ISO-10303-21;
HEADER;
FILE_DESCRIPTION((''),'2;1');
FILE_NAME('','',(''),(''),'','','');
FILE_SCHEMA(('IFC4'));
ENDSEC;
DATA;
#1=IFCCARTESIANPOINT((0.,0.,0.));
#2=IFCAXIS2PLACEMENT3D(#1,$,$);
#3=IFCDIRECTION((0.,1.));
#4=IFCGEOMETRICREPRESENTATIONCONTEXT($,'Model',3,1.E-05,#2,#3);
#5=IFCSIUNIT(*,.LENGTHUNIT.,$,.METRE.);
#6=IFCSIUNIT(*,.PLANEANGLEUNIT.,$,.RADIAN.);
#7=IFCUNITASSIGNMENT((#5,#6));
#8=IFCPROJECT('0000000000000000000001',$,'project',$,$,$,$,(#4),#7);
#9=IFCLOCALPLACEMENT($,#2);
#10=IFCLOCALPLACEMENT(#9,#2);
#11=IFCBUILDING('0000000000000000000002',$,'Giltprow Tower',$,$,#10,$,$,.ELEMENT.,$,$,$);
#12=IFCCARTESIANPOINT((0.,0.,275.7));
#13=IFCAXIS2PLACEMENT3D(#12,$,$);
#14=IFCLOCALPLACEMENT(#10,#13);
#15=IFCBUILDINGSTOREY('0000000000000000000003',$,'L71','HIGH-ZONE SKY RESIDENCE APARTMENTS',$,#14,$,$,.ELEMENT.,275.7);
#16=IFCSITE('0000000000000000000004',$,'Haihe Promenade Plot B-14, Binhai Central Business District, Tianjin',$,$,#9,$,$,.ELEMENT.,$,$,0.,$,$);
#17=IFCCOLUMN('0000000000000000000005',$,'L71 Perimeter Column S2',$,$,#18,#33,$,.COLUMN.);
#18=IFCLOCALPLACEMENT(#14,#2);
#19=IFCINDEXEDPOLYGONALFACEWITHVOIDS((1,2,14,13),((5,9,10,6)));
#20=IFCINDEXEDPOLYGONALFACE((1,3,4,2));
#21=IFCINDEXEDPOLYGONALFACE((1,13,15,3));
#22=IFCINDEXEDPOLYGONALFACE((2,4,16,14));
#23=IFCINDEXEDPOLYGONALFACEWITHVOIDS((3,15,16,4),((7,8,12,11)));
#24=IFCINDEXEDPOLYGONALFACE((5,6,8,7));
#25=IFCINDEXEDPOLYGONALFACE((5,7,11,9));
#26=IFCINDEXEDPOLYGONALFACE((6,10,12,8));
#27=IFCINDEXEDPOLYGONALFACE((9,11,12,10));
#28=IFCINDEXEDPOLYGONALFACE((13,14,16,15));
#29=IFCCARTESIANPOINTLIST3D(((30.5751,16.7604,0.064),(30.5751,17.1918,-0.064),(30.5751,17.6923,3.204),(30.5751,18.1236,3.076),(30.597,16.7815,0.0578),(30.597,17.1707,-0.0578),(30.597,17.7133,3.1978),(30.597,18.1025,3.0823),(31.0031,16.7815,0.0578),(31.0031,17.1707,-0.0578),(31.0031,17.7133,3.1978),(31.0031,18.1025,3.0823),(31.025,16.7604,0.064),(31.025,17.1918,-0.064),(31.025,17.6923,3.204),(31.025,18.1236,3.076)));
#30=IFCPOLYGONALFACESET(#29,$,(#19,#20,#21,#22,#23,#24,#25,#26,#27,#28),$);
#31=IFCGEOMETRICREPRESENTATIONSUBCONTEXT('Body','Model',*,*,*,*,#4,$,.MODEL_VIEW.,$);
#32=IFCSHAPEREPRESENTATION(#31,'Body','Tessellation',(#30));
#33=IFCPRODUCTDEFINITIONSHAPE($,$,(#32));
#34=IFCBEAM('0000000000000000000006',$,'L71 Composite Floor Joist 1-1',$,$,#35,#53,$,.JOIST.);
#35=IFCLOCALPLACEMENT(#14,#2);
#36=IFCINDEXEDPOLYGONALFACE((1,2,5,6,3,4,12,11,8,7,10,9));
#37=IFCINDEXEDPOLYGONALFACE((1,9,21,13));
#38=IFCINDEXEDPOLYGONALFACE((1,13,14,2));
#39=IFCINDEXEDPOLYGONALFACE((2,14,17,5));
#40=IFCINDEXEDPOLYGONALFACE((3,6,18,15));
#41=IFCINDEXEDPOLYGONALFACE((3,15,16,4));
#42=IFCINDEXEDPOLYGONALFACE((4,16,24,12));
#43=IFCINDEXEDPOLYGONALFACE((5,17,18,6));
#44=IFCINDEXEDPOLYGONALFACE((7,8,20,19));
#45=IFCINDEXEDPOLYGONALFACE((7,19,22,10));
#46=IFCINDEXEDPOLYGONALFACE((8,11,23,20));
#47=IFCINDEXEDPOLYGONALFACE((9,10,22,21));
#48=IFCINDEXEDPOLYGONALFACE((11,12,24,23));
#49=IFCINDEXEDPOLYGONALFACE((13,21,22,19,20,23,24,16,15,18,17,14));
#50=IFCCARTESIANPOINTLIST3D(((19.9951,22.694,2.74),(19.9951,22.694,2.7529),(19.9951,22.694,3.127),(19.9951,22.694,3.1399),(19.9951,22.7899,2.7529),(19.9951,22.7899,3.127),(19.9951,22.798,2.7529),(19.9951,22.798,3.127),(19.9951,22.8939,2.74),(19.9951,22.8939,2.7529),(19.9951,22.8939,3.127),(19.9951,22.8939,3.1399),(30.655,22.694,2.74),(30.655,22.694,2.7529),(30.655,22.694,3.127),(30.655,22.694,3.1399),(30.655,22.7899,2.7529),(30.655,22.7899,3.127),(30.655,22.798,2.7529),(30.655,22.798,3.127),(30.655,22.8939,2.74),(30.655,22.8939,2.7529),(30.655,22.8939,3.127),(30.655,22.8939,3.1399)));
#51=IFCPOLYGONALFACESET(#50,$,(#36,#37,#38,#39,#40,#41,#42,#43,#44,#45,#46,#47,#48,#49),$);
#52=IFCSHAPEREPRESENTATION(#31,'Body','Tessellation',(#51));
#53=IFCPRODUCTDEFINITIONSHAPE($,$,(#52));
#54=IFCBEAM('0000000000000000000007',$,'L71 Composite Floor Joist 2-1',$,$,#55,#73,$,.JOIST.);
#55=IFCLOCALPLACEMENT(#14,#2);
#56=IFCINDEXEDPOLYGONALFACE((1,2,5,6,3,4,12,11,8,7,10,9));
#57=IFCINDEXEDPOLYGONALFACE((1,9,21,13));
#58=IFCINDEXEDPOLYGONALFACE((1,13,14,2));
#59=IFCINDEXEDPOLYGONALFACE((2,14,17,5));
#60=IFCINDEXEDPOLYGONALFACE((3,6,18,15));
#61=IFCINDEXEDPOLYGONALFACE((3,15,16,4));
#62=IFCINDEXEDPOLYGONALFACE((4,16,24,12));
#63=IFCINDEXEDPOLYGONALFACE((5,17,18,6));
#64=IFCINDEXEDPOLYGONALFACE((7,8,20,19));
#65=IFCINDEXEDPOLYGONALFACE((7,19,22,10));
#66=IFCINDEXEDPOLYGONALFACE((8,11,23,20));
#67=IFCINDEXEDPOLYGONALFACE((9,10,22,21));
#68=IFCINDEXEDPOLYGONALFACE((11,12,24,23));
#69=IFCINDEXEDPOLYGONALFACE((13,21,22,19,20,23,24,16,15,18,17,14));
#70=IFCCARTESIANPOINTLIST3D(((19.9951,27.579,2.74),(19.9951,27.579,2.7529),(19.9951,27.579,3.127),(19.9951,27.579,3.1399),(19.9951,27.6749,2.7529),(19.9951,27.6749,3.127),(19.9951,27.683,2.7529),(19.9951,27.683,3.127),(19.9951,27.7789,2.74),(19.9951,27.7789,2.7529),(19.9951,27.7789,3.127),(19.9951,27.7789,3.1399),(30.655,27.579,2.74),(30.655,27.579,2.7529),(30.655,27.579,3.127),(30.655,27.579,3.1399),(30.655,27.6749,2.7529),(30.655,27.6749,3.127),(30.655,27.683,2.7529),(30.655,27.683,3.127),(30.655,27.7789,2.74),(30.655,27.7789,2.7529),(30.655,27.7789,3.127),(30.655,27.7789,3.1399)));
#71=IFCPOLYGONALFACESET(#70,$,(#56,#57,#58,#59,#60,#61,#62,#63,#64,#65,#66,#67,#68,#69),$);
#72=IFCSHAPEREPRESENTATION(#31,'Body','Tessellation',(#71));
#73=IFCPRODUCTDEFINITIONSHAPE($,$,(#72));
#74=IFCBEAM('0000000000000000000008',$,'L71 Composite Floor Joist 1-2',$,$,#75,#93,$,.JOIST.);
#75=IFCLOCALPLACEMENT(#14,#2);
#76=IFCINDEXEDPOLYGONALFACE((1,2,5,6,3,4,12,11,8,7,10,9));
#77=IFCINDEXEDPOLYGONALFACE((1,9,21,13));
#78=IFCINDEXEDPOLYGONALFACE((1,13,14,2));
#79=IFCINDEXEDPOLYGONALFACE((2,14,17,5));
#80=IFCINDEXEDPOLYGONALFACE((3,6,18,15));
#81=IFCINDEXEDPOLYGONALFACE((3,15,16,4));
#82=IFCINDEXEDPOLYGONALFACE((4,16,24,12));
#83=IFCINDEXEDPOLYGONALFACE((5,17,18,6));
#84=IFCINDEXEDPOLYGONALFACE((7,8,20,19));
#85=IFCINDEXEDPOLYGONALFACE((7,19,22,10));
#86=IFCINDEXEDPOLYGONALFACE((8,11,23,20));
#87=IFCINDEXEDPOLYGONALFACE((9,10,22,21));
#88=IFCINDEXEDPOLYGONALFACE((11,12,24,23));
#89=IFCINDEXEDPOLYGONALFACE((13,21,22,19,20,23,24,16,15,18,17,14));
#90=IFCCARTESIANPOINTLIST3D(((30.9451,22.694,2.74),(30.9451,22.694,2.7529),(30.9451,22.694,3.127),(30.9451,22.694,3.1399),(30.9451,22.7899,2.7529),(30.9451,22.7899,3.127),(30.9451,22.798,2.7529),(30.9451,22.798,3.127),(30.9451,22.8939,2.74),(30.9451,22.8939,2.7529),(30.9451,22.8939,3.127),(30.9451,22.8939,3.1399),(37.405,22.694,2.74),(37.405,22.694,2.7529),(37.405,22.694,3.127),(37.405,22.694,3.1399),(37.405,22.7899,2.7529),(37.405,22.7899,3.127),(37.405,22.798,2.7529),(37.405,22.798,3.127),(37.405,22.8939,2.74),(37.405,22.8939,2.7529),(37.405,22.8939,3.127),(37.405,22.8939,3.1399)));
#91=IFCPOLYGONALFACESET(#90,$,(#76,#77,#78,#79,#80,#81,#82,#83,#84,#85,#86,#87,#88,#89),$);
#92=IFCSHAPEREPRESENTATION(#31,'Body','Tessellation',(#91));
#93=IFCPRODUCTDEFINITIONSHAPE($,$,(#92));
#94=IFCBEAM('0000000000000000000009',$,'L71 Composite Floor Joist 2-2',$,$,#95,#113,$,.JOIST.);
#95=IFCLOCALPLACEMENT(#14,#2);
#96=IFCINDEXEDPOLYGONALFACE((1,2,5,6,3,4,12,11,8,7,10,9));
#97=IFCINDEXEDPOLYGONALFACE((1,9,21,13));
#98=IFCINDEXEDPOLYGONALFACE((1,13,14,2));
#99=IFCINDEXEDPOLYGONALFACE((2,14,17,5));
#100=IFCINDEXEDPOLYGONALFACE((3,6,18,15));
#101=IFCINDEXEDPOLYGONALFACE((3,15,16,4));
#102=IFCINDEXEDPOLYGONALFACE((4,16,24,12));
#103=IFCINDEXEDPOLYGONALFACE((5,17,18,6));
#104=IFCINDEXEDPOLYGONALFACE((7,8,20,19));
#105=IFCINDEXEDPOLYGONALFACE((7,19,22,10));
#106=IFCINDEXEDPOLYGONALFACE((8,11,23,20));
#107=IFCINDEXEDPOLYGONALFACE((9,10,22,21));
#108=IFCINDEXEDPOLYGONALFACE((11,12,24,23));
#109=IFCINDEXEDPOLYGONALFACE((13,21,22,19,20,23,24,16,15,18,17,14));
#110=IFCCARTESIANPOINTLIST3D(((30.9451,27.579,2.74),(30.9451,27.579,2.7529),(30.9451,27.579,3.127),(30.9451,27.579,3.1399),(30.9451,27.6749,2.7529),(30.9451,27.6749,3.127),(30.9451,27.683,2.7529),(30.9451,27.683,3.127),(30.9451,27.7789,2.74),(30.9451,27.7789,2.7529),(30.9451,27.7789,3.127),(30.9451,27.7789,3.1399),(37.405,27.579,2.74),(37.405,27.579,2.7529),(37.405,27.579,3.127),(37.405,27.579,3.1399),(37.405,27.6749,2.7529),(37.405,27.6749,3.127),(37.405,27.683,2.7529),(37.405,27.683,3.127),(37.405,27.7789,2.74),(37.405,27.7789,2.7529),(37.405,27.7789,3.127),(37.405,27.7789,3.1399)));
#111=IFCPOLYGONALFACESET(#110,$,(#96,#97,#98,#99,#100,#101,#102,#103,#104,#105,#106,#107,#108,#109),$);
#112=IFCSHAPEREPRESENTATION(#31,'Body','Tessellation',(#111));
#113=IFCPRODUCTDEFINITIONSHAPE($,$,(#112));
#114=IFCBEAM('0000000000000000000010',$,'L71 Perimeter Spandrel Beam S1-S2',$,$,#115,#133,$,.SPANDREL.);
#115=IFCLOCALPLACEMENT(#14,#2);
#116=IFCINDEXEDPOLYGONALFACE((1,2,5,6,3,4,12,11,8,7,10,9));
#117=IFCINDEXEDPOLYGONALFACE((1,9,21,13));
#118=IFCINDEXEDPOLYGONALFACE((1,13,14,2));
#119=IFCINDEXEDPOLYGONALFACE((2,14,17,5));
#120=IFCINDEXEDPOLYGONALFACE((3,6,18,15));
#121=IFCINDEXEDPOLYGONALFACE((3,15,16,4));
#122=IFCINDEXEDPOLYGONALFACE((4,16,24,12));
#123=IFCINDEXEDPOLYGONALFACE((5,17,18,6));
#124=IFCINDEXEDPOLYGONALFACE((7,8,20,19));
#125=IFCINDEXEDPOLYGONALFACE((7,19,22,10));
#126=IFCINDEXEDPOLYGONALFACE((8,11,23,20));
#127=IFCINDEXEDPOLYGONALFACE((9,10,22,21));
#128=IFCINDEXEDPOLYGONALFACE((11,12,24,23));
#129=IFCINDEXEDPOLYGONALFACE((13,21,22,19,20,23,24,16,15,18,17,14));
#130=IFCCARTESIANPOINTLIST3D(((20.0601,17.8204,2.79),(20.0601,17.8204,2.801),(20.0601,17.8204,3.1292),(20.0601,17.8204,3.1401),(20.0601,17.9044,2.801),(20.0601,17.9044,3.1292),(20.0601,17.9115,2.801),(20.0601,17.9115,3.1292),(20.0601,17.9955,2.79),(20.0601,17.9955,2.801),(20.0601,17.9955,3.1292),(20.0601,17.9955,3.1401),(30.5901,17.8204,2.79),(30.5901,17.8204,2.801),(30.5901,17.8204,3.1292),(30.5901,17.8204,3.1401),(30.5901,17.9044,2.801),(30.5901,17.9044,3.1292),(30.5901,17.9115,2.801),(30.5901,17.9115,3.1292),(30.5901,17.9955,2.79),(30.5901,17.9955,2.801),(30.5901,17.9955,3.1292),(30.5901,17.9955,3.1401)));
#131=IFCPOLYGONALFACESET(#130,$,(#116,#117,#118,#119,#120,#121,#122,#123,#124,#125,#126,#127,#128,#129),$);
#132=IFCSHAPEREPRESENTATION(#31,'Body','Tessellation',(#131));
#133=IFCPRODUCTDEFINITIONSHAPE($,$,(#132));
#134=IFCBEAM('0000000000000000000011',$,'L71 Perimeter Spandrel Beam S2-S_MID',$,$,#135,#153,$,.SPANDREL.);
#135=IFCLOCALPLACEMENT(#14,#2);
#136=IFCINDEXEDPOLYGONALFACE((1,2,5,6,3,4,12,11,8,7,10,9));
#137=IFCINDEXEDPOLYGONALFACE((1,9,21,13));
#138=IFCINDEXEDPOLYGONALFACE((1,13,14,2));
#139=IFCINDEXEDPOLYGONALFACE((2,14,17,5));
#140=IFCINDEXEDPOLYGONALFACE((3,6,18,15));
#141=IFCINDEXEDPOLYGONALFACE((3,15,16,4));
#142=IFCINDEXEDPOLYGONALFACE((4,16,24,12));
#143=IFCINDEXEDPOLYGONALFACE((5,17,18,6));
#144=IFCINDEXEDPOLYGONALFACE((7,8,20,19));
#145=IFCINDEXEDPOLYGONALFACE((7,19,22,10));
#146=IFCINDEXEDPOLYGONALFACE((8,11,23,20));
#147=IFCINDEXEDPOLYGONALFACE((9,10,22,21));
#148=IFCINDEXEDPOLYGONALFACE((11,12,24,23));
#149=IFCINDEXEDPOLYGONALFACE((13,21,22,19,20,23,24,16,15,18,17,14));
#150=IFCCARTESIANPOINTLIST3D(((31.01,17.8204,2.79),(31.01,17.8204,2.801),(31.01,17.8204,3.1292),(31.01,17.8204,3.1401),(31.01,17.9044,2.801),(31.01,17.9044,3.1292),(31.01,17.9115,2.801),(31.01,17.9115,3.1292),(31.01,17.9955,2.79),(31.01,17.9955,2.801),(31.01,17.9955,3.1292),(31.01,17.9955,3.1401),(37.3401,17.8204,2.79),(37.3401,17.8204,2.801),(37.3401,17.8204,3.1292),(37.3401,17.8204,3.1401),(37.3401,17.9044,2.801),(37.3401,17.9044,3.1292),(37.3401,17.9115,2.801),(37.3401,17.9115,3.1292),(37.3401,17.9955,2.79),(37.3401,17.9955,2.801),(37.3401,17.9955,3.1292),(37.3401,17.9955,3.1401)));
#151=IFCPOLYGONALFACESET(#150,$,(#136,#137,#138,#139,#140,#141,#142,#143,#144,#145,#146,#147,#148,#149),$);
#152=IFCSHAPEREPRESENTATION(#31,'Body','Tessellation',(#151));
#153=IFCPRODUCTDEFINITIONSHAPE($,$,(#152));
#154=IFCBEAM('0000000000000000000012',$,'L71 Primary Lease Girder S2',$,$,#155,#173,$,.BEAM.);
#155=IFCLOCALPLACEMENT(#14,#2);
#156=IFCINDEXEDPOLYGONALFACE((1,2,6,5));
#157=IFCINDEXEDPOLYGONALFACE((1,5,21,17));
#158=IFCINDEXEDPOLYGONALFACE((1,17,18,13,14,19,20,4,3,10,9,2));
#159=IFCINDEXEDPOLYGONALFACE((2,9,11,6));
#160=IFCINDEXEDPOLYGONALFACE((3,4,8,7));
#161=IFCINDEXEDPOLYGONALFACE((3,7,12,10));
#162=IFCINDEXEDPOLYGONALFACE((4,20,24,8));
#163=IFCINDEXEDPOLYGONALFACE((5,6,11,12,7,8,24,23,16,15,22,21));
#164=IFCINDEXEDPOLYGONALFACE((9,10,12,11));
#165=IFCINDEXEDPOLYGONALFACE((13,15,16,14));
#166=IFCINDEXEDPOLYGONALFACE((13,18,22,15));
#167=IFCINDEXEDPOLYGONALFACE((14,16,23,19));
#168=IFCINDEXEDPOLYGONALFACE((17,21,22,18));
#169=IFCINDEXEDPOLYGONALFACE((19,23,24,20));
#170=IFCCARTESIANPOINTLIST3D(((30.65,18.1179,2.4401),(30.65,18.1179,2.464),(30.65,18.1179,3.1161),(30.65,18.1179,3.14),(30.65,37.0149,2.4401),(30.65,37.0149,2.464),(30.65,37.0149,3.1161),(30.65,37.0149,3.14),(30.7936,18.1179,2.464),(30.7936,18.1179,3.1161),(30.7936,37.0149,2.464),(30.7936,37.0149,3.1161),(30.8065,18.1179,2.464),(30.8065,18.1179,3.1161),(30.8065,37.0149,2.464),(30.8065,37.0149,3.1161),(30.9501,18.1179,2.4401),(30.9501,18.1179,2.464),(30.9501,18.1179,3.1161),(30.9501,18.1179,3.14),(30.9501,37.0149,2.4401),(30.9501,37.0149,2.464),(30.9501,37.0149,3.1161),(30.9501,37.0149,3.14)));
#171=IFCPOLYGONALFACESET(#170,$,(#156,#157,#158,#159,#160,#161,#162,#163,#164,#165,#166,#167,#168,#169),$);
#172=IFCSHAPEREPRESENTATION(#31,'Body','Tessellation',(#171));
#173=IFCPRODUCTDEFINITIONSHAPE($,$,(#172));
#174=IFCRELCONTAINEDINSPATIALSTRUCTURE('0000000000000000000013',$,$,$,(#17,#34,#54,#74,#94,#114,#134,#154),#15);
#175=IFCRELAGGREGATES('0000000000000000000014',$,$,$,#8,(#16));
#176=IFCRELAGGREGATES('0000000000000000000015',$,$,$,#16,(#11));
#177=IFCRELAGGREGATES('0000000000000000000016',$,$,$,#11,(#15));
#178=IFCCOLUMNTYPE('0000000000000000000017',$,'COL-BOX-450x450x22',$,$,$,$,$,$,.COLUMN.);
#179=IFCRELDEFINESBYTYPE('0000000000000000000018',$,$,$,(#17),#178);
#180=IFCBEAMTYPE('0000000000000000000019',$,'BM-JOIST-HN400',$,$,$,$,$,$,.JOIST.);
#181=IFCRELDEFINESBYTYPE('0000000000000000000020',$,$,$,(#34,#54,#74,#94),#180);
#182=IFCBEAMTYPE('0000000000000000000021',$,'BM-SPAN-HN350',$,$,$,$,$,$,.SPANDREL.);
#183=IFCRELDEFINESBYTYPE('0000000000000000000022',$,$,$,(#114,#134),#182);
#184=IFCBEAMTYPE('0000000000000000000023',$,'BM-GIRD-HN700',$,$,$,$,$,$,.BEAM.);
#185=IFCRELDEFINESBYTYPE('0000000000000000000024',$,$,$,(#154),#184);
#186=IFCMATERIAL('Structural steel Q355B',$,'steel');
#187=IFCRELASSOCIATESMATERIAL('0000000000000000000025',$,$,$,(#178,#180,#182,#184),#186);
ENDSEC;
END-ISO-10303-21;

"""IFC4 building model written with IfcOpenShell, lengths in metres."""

from ifc_helpers import new_model, si_unit, direction, frame, origin, origin_2d, place, context, subcontext, project, spatial, hollow_rectangle, i_section, extrude, source, transform, mapped, material, material_profile, profile_set, type_object, element, save


model = new_model("IFC4")

# Units and contexts
model_context = context("Model", 3, precision=1e-05, world=origin(), true_north=direction((0.0, 1.0)))
body_context = subcontext(model_context, "Body", "Model", "MODEL_VIEW")
ifc_project = project(units=[si_unit("LENGTHUNIT", "METRE"), si_unit("PLANEANGLEUNIT", "RADIAN")], contexts=[model_context])

# Site, building, storey
site_placement = place(None, origin())
site = spatial("IfcSite", under=ifc_project, at=site_placement, Name="Haihe Promenade Plot B-14, Binhai Central Business District, Tianjin", CompositionType="ELEMENT", RefElevation=0.0)
building_placement = place(site_placement, origin())
building = spatial("IfcBuilding", under=site, at=building_placement, Name="Giltprow Tower", CompositionType="ELEMENT")
storey_placement = place(building_placement, frame((0.0, 0.0, 275.7)))
storey = spatial("IfcBuildingStorey", under=building, at=storey_placement, Name="L71", Description="HIGH-ZONE SKY RESIDENCE APARTMENTS", CompositionType="ELEMENT", Elevation=275.7)

# Column
ifc_material_1 = material(Name="Structural steel Q355B", Category="steel")
ifc_material_profile_1 = material_profile(ifc_material_1, hollow_rectangle(XDim=0.45, YDim=0.45, WallThickness=0.022, at=origin_2d()), Name="BOX 450x450x22")
ifc_profile_set_1 = profile_set([ifc_material_profile_1], Name="Structural steel Q355B")
column_type = type_object("IfcColumnType", Name="COL-BOX-450x450x22", PredefinedType="COLUMN", material=ifc_profile_set_1)
shared_shape_1 = source(origin(), body_context, "Body", "SweptSolid", [
    extrude(hollow_rectangle(XDim=0.45, YDim=0.45, WallThickness=0.022, at=origin_2d()), origin(), (0.0, 0.0, 1.0), 3.2754),
])
column_placement = place(storey_placement, frame((30.8, 16.9761, 0.0), z_axis=(0.0, 0.284502, 0.958675), x_axis=(-1.0, 0.0, 0.0)))
element("IfcColumn", 1, at=column_placement, inside=storey, type_object=column_type, Name="L71 Perimeter Column S2", PredefinedType="COLUMN", context=body_context, shape_type="MappedRepresentation", body=[
    mapped(shared_shape_1, transform((0.0, 0.0, 0.0), x_axis=(1.0, 0.0, 0.0), y_axis=(0.0, 1.0, 0.0), z_axis=(0.0, 0.0, 1.0), scale=1.0)),
])

# Beams
ifc_material_profile_2 = material_profile(ifc_material_1, i_section(OverallWidth=0.2, OverallDepth=0.3999, WebThickness=0.0081, FlangeThickness=0.0129, at=origin_2d()), Name="HN 400x200x8x13")
ifc_profile_set_2 = profile_set([ifc_material_profile_2], Name="Structural steel Q355B")
beam_type_1 = type_object("IfcBeamType", Name="BM-JOIST-HN400", PredefinedType="JOIST", material=ifc_profile_set_2)
shared_shape_2 = source(origin(), body_context, "Body", "SweptSolid", [
    extrude(i_section(OverallWidth=0.2, OverallDepth=0.3999, WebThickness=0.0081, FlangeThickness=0.0129, at=origin_2d()), origin(), (0.0, 0.0, 1.0), 10.6599),
])
for number, where, z_axis, x_axis, name in (
    (2, (19.9951, 22.7939, 2.9399), (1.0, 0.0, 0.0), (0.0, 1.0, 0.0), "L71 Composite Floor Joist 1-1"),
    (3, (19.9951, 27.679, 2.9399), (1.0, 0.0, 0.0), (0.0, 1.0, 0.0), "L71 Composite Floor Joist 2-1"),
):
    element("IfcBeam", number, at=place(storey_placement, frame(where, z_axis=z_axis, x_axis=x_axis)), inside=storey, type_object=beam_type_1, Name=name, PredefinedType="JOIST", context=body_context, shape_type="MappedRepresentation", body=[
        mapped(shared_shape_2, transform((0.0, 0.0, 0.0), x_axis=(1.0, 0.0, 0.0), y_axis=(0.0, 1.0, 0.0), z_axis=(0.0, 0.0, 1.0), scale=1.0)),
    ])
shared_shape_3 = source(origin(), body_context, "Body", "SweptSolid", [
    extrude(i_section(OverallWidth=0.2, OverallDepth=0.3999, WebThickness=0.0081, FlangeThickness=0.0129, at=origin_2d()), origin(), (0.0, 0.0, 1.0), 6.46),
])
for number, where, z_axis, x_axis, name in (
    (4, (30.9451, 22.7939, 2.9399), (1.0, 0.0, 0.0), (0.0, 1.0, 0.0), "L71 Composite Floor Joist 1-2"),
    (5, (30.9451, 27.679, 2.9399), (1.0, 0.0, 0.0), (0.0, 1.0, 0.0), "L71 Composite Floor Joist 2-2"),
):
    element("IfcBeam", number, at=place(storey_placement, frame(where, z_axis=z_axis, x_axis=x_axis)), inside=storey, type_object=beam_type_1, Name=name, PredefinedType="JOIST", context=body_context, shape_type="MappedRepresentation", body=[
        mapped(shared_shape_3, transform((0.0, 0.0, 0.0), x_axis=(1.0, 0.0, 0.0), y_axis=(0.0, 1.0, 0.0), z_axis=(0.0, 0.0, 1.0), scale=1.0)),
    ])
ifc_material_profile_3 = material_profile(ifc_material_1, i_section(OverallWidth=0.175, OverallDepth=0.3501, WebThickness=0.0071, FlangeThickness=0.011, at=origin_2d()), Name="HN 350x175x7x11")
ifc_profile_set_3 = profile_set([ifc_material_profile_3], Name="Structural steel Q355B")
beam_type_2 = type_object("IfcBeamType", Name="BM-SPAN-HN350", PredefinedType="SPANDREL", material=ifc_profile_set_3)
shared_shape_4 = source(origin(), body_context, "Body", "SweptSolid", [
    extrude(i_section(OverallWidth=0.175, OverallDepth=0.3501, WebThickness=0.0071, FlangeThickness=0.011, at=origin_2d()), origin(), (0.0, 0.0, 1.0), 10.53),
])
beam_1_placement = place(storey_placement, frame((20.0601, 17.908, 2.9651), z_axis=(1.0, 0.0, 0.0), x_axis=(0.0, 1.0, 0.0)))
element("IfcBeam", 6, at=beam_1_placement, inside=storey, type_object=beam_type_2, Name="L71 Perimeter Spandrel Beam S1-S2", PredefinedType="SPANDREL", context=body_context, shape_type="MappedRepresentation", body=[
    mapped(shared_shape_4, transform((0.0, 0.0, 0.0), x_axis=(1.0, 0.0, 0.0), y_axis=(0.0, 1.0, 0.0), z_axis=(0.0, 0.0, 1.0), scale=1.0)),
])
shared_shape_5 = source(origin(), body_context, "Body", "SweptSolid", [
    extrude(i_section(OverallWidth=0.175, OverallDepth=0.3501, WebThickness=0.0071, FlangeThickness=0.011, at=origin_2d()), origin(), (0.0, 0.0, 1.0), 6.3301),
])
beam_2_placement = place(storey_placement, frame((31.01, 17.908, 2.9651), z_axis=(1.0, 0.0, 0.0), x_axis=(0.0, 1.0, 0.0)))
element("IfcBeam", 7, at=beam_2_placement, inside=storey, type_object=beam_type_2, Name="L71 Perimeter Spandrel Beam S2-S_MID", PredefinedType="SPANDREL", context=body_context, shape_type="MappedRepresentation", body=[
    mapped(shared_shape_5, transform((0.0, 0.0, 0.0), x_axis=(1.0, 0.0, 0.0), y_axis=(0.0, 1.0, 0.0), z_axis=(0.0, 0.0, 1.0), scale=1.0)),
])
ifc_material_profile_4 = material_profile(ifc_material_1, i_section(OverallWidth=0.3, OverallDepth=0.7, WebThickness=0.0129, FlangeThickness=0.0239, at=origin_2d()), Name="HN 700x300x13x24")
ifc_profile_set_4 = profile_set([ifc_material_profile_4], Name="Structural steel Q355B")
beam_type_3 = type_object("IfcBeamType", Name="BM-GIRD-HN700", PredefinedType="BEAM", material=ifc_profile_set_4)
shared_shape_6 = source(origin(), body_context, "Body", "SweptSolid", [
    extrude(i_section(OverallWidth=0.3, OverallDepth=0.7, WebThickness=0.0129, FlangeThickness=0.0239, at=origin_2d()), origin(), (0.0, 0.0, 1.0), 18.897),
])
beam_3_placement = place(storey_placement, frame((30.8, 18.1179, 2.79), z_axis=(0.0, 1.0, 0.0), x_axis=(-1.0, 0.0, 0.0)))
element("IfcBeam", 8, at=beam_3_placement, inside=storey, type_object=beam_type_3, Name="L71 Primary Lease Girder S2", PredefinedType="BEAM", context=body_context, shape_type="MappedRepresentation", body=[
    mapped(shared_shape_6, transform((0.0, 0.0, 0.0), x_axis=(1.0, 0.0, 0.0), y_axis=(0.0, 1.0, 0.0), z_axis=(0.0, 0.0, 1.0), scale=1.0)),
])

save(model, "model.ifc")
